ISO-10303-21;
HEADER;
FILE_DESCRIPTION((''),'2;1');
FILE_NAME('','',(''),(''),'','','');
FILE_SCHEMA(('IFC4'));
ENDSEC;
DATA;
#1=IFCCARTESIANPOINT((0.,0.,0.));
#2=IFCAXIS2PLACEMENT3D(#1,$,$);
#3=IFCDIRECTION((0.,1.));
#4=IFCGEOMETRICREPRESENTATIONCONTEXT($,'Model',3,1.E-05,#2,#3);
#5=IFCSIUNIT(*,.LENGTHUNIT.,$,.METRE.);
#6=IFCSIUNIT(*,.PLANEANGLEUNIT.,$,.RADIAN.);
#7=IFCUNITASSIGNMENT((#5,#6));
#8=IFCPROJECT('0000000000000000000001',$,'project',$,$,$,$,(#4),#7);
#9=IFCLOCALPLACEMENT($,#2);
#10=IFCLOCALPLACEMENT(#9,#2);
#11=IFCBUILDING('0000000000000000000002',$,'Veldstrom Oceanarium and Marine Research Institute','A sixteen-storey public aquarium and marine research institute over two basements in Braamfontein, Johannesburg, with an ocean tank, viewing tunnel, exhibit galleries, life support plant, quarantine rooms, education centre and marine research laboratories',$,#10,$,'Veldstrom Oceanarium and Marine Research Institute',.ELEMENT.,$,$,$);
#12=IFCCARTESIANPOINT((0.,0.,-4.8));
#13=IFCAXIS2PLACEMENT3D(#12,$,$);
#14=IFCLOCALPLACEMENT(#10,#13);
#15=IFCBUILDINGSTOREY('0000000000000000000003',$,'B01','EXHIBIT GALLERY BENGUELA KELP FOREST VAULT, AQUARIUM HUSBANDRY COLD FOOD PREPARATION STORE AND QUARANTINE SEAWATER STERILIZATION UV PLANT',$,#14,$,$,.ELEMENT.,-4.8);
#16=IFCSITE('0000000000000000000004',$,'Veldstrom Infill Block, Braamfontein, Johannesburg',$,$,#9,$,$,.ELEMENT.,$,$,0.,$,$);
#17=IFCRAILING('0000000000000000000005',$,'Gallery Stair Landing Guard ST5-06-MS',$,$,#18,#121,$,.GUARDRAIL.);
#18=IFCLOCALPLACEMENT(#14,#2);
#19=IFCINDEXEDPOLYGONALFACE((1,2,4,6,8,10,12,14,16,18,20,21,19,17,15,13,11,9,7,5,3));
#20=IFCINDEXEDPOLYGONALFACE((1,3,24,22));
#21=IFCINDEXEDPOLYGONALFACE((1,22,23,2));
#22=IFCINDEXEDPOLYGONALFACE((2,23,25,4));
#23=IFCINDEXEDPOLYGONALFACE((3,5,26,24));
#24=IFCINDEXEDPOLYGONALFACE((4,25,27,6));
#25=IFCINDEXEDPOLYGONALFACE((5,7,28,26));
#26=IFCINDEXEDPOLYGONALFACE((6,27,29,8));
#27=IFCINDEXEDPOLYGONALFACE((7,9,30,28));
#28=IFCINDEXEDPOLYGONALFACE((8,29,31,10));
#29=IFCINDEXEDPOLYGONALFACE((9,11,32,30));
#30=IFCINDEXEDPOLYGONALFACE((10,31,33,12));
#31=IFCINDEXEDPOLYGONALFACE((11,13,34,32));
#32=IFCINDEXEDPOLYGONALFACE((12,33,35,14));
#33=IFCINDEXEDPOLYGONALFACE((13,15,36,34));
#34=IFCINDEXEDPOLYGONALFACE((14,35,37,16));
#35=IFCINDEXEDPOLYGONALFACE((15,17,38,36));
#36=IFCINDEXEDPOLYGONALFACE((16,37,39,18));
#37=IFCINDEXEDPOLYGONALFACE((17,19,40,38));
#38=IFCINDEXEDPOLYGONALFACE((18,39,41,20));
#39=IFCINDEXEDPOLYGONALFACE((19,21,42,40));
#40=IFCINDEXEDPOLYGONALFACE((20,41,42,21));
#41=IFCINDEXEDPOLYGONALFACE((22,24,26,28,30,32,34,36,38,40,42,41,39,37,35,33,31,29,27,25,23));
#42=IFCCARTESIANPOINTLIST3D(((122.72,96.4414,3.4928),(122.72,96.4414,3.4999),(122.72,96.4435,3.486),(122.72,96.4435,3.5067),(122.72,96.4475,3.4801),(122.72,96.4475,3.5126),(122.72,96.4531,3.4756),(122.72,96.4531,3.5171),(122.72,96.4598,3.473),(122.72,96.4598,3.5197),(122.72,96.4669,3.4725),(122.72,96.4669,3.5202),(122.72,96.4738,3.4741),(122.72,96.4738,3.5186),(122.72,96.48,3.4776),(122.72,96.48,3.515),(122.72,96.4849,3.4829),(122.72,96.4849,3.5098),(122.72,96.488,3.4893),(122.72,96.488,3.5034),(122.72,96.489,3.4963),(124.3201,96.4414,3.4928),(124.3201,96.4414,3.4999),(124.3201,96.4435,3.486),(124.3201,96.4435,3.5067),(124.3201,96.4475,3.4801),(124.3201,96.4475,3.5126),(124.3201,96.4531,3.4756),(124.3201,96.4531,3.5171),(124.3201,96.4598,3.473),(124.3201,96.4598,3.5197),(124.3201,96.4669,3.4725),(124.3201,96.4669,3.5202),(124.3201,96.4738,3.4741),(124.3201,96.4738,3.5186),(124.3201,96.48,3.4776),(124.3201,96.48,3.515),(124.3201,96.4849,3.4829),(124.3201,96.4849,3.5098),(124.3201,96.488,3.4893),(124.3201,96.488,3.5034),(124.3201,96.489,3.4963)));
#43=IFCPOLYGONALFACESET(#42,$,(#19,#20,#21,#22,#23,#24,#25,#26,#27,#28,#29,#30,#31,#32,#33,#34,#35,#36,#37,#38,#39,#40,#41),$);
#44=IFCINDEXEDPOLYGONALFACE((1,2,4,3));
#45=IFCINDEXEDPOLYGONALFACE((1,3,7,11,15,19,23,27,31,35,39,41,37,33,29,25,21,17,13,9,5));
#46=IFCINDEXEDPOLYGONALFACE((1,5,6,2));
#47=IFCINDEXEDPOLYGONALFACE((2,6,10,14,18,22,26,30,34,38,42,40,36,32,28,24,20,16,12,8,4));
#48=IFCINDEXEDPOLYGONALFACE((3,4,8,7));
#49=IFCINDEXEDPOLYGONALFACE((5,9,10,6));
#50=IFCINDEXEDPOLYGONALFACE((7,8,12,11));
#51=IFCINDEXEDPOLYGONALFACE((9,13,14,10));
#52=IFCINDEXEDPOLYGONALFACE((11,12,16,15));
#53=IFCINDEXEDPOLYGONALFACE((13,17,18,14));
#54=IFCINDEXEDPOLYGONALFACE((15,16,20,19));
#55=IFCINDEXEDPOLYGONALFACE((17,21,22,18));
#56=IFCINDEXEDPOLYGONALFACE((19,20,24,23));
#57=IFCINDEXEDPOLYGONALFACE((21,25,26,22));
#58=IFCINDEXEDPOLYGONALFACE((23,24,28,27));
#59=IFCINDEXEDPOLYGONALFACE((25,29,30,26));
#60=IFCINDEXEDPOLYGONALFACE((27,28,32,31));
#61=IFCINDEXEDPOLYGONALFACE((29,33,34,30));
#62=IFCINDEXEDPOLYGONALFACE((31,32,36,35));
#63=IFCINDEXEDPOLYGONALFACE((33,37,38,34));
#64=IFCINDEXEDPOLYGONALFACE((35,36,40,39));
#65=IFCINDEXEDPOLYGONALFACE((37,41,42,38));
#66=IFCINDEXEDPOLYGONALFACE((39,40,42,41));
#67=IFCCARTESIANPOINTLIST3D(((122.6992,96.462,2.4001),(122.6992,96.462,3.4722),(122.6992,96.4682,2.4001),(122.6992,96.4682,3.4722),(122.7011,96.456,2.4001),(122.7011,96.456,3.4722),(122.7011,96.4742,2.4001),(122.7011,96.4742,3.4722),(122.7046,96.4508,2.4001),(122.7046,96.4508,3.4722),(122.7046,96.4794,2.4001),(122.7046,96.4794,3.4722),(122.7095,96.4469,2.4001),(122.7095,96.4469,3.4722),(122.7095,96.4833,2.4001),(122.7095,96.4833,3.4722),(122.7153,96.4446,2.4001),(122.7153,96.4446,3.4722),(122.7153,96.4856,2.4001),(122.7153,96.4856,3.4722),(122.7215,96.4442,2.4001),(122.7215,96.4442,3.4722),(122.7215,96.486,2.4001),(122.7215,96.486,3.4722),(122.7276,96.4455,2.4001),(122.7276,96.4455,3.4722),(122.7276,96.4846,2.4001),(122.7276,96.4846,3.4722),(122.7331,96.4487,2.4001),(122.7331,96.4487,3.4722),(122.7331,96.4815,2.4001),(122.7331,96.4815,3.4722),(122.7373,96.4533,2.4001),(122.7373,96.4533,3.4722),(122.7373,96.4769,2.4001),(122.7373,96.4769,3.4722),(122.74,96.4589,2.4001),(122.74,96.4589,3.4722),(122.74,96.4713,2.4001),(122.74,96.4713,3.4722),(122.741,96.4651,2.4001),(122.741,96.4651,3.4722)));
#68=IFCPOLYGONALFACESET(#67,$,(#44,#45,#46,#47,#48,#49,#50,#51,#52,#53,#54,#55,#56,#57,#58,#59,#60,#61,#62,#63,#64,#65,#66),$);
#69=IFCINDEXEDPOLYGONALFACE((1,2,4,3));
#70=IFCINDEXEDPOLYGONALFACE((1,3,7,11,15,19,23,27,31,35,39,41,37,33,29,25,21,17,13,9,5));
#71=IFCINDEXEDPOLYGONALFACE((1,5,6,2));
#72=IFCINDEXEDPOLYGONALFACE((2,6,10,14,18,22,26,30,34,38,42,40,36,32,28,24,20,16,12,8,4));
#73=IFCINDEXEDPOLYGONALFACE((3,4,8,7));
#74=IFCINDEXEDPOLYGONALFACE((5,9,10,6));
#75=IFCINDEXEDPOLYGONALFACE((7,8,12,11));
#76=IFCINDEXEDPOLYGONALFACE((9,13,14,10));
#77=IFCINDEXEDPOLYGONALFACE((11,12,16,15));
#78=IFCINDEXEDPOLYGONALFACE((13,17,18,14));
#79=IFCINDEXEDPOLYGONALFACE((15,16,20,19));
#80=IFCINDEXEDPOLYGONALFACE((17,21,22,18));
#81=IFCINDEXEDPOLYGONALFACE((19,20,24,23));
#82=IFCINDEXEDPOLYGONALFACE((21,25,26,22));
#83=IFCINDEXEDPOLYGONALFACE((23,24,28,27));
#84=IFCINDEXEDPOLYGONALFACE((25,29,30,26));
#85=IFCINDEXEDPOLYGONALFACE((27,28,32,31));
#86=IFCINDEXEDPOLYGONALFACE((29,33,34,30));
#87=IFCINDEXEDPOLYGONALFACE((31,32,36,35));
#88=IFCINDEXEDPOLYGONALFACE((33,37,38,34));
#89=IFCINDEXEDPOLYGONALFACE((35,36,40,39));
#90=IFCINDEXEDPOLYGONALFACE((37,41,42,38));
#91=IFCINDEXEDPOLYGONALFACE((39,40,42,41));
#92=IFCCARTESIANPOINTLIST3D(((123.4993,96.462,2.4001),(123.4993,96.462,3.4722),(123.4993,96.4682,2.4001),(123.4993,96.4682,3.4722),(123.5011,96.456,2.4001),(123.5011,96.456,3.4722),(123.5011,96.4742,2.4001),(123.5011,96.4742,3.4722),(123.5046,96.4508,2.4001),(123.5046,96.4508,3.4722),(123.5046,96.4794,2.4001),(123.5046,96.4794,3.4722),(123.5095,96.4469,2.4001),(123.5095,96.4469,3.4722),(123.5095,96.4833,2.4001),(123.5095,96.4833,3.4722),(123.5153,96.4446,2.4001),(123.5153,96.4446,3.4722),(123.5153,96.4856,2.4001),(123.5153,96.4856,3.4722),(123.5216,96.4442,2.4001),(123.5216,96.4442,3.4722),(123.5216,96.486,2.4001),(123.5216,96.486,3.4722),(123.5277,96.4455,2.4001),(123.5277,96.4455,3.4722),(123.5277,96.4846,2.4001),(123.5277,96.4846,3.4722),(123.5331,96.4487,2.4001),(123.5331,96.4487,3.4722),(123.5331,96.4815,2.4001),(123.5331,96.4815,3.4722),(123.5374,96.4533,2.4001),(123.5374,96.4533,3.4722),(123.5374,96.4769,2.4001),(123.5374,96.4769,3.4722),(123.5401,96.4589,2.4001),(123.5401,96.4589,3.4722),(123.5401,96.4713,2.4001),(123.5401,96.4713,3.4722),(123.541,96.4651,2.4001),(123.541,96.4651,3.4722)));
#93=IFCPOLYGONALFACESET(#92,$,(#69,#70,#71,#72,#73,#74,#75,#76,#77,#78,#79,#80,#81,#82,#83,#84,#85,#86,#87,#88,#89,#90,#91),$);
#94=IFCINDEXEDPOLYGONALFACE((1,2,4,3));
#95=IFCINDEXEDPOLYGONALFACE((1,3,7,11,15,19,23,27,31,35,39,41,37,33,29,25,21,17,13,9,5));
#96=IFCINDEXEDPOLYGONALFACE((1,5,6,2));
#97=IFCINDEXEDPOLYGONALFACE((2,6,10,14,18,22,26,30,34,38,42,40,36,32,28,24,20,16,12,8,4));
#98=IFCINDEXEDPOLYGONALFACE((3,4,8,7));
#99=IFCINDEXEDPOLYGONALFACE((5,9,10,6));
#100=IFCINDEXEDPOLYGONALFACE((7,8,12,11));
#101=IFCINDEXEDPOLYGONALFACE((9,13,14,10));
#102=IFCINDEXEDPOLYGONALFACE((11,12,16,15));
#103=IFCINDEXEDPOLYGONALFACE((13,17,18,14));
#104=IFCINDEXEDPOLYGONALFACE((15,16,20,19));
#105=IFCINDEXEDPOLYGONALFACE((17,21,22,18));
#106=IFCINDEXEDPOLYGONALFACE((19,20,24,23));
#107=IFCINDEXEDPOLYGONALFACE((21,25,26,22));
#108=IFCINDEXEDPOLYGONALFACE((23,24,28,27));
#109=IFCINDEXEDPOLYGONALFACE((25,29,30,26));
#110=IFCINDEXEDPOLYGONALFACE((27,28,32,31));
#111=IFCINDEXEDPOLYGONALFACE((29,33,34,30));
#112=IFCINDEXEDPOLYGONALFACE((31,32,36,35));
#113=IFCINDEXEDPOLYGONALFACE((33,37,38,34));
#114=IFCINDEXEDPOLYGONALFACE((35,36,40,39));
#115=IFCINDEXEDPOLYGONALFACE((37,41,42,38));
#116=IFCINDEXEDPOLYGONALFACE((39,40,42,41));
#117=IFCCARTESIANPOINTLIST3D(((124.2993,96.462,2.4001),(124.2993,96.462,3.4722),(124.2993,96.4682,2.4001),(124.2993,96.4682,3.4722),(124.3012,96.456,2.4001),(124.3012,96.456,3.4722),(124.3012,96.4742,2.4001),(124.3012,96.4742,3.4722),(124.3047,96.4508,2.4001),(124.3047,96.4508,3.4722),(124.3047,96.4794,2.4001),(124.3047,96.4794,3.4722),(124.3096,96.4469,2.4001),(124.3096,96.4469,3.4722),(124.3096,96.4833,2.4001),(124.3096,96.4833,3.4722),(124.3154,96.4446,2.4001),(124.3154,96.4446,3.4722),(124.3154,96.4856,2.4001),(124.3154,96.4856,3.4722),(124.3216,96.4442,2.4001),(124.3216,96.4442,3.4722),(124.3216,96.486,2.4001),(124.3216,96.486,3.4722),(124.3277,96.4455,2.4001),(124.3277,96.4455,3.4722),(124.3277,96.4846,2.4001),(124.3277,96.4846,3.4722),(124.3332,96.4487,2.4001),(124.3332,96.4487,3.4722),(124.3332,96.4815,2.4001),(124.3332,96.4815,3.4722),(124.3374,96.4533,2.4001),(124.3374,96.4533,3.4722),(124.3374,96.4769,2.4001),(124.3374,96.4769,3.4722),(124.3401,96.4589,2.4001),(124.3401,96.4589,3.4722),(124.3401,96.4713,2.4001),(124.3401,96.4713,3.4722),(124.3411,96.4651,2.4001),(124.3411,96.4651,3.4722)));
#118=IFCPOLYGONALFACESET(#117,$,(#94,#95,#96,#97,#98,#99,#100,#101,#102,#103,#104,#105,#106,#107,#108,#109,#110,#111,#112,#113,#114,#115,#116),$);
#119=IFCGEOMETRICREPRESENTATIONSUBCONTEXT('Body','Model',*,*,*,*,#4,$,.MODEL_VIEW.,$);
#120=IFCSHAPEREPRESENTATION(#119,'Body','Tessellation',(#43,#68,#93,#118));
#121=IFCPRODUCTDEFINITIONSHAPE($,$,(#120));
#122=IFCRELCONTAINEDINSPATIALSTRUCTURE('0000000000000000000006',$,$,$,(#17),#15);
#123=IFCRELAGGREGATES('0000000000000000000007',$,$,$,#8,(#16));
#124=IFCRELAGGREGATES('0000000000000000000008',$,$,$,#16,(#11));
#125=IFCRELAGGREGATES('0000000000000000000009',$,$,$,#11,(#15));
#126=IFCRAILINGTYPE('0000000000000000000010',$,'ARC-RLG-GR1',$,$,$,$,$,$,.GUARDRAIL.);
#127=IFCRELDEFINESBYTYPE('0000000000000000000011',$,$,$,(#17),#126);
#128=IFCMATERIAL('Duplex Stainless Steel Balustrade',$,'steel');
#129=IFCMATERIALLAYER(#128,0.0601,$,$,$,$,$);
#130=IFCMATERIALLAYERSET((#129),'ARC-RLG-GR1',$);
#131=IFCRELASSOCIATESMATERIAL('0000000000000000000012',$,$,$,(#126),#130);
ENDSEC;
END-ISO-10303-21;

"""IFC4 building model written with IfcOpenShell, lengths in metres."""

from ifc_helpers import new_model, si_unit, direction, frame, origin, origin_2d, place, context, subcontext, project, spatial, circle, extrude, material, layer, layer_set, type_object, element, save


model = new_model("IFC4")

# Units and contexts
model_context = context("Model", 3, precision=1e-05, world=origin(), true_north=direction((0.0, 1.0)))
body_context = subcontext(model_context, "Body", "Model", "MODEL_VIEW")
ifc_project = project(units=[si_unit("LENGTHUNIT", "METRE"), si_unit("PLANEANGLEUNIT", "RADIAN")], contexts=[model_context])

# Site, building, storey
site_placement = place(None, origin())
site = spatial("IfcSite", under=ifc_project, at=site_placement, Name="Veldstrom Infill Block, Braamfontein, Johannesburg", CompositionType="ELEMENT", RefElevation=0.0)
building_placement = place(site_placement, origin())
building = spatial("IfcBuilding", under=site, at=building_placement, Name="Veldstrom Oceanarium and Marine Research Institute", Description="A sixteen-storey public aquarium and marine research institute over two basements in Braamfontein, Johannesburg, with an ocean tank, viewing tunnel, exhibit galleries, life support plant, quarantine rooms, education centre and marine research laboratories", LongName="Veldstrom Oceanarium and Marine Research Institute", CompositionType="ELEMENT")
storey_placement = place(building_placement, frame((0.0, 0.0, -4.8)))
storey = spatial("IfcBuildingStorey", under=building, at=storey_placement, Name="B01", Description="EXHIBIT GALLERY BENGUELA KELP FOREST VAULT, AQUARIUM HUSBANDRY COLD FOOD PREPARATION STORE AND QUARANTINE SEAWATER STERILIZATION UV PLANT", CompositionType="ELEMENT", Elevation=-4.8)

# Railing
ifc_material_1 = material(Name="Duplex Stainless Steel Balustrade", Category="steel")
ifc_layer_1 = layer(ifc_material_1, 0.0601)
ifc_layer_set_1 = layer_set([ifc_layer_1], Name="ARC-RLG-GR1")
railing_type = type_object("IfcRailingType", Name="ARC-RLG-GR1", PredefinedType="GUARDRAIL", material=ifc_layer_set_1)
railing_1_placement = place(storey_placement, frame((122.72, 96.4651, 2.4001)))
element("IfcRailing", 1, at=railing_1_placement, inside=storey, type_object=railing_type, Name="Gallery Stair Landing Guard ST5-06-MS", PredefinedType="GUARDRAIL", context=body_context, shape_type="SweptSolid", body=[
    extrude(circle(Radius=0.0239, at=origin_2d()), frame((0.0, 0.0, 1.0962), z_axis=(1.0, 0.0, 0.0), x_axis=(0.0, 1.0, 0.0)), (0.0, 0.0, 1.0), 1.6001),
    extrude(circle(Radius=0.021, at=origin_2d()), origin(), (0.0, 0.0, 1.0), 1.072),
    extrude(circle(Radius=0.021, at=origin_2d()), frame((0.8, 0.0, 0.0)), (0.0, 0.0, 1.0), 1.072),
    extrude(circle(Radius=0.021, at=origin_2d()), frame((1.6001, 0.0, 0.0)), (0.0, 0.0, 1.0), 1.072),
])

save(model, "model.ifc")
